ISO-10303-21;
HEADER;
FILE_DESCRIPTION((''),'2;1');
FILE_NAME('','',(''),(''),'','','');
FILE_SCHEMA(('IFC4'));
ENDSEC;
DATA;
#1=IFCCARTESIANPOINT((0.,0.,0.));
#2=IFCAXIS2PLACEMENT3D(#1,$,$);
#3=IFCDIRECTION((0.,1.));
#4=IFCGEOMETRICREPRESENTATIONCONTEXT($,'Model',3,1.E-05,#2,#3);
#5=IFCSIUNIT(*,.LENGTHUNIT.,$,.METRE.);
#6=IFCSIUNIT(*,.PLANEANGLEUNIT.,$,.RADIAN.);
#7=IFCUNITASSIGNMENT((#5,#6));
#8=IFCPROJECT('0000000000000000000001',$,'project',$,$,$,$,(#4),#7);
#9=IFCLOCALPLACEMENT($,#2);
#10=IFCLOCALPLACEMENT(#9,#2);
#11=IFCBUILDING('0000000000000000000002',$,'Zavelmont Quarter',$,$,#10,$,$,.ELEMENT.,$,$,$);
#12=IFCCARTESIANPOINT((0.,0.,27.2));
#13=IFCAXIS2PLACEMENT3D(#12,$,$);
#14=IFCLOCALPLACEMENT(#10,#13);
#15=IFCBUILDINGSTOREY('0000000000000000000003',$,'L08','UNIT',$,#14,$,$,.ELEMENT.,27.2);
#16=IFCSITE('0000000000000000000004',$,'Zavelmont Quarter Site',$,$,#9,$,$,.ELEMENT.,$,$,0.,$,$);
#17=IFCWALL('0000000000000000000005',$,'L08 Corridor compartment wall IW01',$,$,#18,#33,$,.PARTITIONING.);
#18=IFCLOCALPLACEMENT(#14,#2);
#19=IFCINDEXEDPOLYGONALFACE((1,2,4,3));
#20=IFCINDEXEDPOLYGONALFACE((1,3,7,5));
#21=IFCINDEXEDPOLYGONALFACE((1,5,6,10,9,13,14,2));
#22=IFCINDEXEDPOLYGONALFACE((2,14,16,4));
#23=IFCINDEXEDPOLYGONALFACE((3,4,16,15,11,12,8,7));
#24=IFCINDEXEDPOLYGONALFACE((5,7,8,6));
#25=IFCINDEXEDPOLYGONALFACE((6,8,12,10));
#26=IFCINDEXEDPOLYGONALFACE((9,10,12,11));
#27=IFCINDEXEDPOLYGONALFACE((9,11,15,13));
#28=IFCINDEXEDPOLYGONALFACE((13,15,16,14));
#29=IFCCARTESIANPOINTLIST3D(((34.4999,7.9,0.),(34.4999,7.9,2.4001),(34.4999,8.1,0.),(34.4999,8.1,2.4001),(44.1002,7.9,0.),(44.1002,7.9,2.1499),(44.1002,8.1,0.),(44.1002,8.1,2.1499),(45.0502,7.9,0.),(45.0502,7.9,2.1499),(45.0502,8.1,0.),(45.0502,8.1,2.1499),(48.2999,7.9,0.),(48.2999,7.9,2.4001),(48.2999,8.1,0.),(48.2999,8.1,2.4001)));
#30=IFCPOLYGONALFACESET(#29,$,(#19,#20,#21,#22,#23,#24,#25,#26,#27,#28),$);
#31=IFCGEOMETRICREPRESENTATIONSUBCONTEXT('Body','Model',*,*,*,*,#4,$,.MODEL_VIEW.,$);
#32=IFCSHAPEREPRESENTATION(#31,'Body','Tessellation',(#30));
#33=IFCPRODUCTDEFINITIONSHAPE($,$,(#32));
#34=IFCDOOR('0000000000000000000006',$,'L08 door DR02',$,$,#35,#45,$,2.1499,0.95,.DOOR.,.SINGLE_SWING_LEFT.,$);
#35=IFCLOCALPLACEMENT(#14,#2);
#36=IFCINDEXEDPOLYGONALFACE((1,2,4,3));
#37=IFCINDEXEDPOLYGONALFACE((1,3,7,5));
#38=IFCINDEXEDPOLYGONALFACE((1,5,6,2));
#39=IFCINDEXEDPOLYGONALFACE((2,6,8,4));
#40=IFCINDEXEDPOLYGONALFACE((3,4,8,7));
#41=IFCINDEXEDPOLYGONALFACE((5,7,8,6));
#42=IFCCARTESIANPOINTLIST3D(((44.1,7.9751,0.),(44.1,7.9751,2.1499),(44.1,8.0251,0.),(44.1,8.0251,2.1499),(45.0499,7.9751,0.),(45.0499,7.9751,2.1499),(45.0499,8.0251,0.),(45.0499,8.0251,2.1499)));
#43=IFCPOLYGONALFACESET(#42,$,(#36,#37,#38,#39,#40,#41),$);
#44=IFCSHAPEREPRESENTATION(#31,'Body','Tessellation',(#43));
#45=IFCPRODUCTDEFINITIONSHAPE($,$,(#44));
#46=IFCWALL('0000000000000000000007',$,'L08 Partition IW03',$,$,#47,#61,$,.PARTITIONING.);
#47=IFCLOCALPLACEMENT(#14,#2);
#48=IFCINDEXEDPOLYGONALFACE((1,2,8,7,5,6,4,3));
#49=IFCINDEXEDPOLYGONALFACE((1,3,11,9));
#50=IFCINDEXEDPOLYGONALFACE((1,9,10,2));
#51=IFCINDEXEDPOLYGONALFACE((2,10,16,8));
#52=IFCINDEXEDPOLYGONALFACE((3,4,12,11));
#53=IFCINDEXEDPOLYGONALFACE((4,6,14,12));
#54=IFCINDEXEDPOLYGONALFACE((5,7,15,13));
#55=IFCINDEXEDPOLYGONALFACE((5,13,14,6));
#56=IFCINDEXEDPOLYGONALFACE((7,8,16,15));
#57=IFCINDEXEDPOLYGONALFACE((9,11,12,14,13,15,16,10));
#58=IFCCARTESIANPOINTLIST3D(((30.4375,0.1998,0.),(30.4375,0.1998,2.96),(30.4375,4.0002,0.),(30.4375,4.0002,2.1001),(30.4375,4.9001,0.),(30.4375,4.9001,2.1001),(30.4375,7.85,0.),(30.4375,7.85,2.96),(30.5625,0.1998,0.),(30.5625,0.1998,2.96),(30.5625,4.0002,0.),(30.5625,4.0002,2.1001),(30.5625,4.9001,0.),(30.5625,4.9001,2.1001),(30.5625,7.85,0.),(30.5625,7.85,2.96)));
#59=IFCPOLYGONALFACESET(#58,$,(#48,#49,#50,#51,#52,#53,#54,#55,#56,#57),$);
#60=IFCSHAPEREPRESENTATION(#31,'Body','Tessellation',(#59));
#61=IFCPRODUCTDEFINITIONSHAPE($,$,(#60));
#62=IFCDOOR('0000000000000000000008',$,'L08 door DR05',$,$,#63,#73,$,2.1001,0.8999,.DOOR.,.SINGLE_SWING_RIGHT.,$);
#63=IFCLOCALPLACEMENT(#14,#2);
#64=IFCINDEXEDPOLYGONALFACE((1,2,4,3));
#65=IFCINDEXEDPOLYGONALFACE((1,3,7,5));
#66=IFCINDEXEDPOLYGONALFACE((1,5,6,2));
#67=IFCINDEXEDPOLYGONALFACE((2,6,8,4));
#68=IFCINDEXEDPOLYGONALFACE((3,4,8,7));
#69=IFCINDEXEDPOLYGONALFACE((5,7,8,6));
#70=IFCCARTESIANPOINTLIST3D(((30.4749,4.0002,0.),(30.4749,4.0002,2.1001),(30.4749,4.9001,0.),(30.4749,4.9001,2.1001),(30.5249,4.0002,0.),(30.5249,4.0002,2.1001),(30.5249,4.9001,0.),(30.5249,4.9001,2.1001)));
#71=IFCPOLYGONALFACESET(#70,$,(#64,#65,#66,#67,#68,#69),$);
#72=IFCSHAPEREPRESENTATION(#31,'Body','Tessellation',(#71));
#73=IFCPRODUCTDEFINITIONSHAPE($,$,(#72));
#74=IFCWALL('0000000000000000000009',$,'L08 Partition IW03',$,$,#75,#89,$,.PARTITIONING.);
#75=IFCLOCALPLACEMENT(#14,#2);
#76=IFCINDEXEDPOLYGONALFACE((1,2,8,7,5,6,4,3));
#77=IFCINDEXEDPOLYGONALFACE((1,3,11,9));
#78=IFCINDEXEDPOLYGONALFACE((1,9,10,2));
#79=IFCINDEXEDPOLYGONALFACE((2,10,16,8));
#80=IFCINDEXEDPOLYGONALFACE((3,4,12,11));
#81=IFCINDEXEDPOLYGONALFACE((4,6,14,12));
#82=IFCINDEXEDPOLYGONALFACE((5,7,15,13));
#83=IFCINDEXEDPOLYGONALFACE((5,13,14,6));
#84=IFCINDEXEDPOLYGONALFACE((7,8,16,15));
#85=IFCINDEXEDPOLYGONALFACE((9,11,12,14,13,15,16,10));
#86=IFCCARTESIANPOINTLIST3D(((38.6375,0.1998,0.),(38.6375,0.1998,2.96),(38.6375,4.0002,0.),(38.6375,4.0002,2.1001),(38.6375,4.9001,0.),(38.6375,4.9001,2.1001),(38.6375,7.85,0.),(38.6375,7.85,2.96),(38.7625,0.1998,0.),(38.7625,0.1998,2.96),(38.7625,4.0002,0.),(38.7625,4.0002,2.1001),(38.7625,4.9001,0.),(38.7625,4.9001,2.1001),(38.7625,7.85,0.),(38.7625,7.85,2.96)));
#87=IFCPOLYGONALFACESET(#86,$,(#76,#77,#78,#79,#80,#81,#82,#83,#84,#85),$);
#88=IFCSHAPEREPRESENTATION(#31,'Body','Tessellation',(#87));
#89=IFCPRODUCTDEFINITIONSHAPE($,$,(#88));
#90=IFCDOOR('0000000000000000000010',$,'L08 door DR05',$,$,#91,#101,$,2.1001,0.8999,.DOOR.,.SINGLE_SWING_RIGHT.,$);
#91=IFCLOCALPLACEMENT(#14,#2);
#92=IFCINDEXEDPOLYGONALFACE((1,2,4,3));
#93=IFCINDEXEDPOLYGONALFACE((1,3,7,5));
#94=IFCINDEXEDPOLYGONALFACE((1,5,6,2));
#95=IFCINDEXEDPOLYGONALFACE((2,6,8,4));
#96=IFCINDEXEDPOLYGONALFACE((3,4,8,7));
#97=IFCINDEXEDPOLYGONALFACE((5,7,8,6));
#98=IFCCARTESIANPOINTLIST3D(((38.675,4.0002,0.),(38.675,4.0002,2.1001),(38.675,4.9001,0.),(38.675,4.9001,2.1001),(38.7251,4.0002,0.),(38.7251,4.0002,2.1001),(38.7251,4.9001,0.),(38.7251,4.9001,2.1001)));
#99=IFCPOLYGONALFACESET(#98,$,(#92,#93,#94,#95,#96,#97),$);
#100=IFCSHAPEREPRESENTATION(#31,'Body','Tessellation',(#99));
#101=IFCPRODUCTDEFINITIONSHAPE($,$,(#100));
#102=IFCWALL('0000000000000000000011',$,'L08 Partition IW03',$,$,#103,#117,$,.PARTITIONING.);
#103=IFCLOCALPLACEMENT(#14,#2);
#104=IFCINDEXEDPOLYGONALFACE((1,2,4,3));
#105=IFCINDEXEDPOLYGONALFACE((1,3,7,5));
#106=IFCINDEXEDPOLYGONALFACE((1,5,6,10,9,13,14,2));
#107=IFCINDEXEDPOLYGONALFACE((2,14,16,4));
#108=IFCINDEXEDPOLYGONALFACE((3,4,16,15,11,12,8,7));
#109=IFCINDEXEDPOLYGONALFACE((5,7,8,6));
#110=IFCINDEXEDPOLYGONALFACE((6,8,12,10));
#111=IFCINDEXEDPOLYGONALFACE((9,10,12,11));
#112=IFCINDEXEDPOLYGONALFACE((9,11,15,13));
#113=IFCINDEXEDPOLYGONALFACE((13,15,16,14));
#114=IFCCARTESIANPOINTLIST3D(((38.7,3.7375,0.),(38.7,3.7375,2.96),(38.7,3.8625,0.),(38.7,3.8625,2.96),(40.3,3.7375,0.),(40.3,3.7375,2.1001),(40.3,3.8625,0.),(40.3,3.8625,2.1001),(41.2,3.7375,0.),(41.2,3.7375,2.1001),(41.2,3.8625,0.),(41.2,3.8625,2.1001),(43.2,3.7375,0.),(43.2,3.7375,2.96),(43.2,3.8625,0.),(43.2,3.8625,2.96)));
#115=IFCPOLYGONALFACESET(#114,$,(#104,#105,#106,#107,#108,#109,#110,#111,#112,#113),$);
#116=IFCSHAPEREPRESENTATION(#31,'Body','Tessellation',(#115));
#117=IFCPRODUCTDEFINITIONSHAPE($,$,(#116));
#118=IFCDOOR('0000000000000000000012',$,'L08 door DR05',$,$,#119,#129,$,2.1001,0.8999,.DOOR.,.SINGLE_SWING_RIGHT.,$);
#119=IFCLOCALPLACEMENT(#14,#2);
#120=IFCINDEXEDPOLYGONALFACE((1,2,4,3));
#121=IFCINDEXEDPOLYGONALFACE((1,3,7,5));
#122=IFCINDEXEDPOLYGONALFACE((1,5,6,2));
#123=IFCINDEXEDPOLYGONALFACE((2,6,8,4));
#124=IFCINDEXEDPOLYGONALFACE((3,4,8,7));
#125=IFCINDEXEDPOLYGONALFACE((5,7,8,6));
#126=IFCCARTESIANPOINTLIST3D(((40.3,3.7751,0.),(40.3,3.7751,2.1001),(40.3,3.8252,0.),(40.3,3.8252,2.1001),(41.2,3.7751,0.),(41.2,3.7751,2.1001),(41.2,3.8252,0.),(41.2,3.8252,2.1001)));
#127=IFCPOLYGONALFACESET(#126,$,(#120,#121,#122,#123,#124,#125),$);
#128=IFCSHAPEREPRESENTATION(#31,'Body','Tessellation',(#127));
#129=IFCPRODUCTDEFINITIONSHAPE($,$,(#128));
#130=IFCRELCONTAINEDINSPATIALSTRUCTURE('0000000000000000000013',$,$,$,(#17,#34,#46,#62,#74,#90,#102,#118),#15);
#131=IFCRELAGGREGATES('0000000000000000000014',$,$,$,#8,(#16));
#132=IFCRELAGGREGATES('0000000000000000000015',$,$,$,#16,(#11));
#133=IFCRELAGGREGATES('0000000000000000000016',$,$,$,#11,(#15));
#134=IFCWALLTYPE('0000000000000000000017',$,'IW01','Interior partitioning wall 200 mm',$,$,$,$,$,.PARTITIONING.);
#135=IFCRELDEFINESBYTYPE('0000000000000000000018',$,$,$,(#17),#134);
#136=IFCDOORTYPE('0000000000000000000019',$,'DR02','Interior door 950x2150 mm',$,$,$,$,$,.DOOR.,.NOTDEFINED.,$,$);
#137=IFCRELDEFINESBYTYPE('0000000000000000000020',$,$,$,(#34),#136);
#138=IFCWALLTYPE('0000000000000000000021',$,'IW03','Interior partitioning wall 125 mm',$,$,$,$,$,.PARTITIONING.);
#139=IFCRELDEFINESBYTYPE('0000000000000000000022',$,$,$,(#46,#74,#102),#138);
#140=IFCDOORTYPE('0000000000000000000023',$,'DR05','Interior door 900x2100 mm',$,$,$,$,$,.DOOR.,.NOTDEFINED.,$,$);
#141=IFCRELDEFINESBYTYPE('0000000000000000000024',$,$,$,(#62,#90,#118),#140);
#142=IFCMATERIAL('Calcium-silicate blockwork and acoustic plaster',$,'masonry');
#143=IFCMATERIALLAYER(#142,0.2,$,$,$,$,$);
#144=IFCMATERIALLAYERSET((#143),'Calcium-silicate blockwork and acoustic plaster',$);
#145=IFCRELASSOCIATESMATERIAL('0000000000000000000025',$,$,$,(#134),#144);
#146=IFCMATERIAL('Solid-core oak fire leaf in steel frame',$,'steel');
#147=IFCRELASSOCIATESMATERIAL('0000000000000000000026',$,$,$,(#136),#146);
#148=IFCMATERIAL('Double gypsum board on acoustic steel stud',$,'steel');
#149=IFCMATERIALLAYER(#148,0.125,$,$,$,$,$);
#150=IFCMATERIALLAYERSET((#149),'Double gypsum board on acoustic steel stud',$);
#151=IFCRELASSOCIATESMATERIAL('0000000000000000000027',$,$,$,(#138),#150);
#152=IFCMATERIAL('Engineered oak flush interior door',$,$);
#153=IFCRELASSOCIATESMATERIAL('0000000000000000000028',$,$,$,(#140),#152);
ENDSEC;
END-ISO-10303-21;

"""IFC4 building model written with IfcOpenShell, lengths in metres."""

from ifc_helpers import new_model, si_unit, direction, frame, frame_2d, origin, origin_with_axes, place, context, subcontext, project, spatial, rectangle, extrude, material, layer, layer_set, type_object, element, fill, save


model = new_model("IFC4")

# Units and contexts
model_context = context("Model", 3, precision=1e-05, world=origin(), true_north=direction((0.0, 1.0)))
body_context = subcontext(model_context, "Body", "Model", "MODEL_VIEW")
ifc_project = project(units=[si_unit("LENGTHUNIT", "METRE"), si_unit("PLANEANGLEUNIT", "RADIAN")], contexts=[model_context])

# Site, building, storey
site_placement = place(None, origin())
site = spatial("IfcSite", under=ifc_project, at=site_placement, Name="Zavelmont Quarter Site", CompositionType="ELEMENT", RefElevation=0.0)
building_placement = place(site_placement, origin())
building = spatial("IfcBuilding", under=site, at=building_placement, Name="Zavelmont Quarter", CompositionType="ELEMENT")
storey_placement = place(building_placement, frame((0.0, 0.0, 27.2)))
storey = spatial("IfcBuildingStorey", under=building, at=storey_placement, Name="L08", Description="UNIT", CompositionType="ELEMENT", Elevation=27.2)

# Shared definitions
ifc_material_1 = material(Name="Calcium-silicate blockwork and acoustic plaster", Category="masonry")
ifc_layer_1 = layer(ifc_material_1, 0.2)
ifc_layer_set_1 = layer_set([ifc_layer_1], Name="Calcium-silicate blockwork and acoustic plaster")
wall_type_1 = type_object("IfcWallType", Name="IW01", Description="Interior partitioning wall 200 mm", PredefinedType="PARTITIONING", material=ifc_layer_set_1)

# Walls, openings, doors
wall_1_placement = place(storey_placement, frame((34.5, 8.0, 0.0), z_axis=(0.0, 0.0, 1.0), x_axis=(1.0, 0.0, 0.0)))
wall_1 = element("IfcWall", 1, at=wall_1_placement, inside=storey, type_object=wall_type_1, Name="L08 Corridor compartment wall IW01", PredefinedType="PARTITIONING", context=body_context, shape_type="SweptSolid", body=[
    extrude(rectangle(XDim=13.8, YDim=0.2, at=frame_2d((6.8999, 0.0))), origin(), (0.0, 0.0, 1.0), 2.4001),
])
opening_1_placement = place(wall_1_placement, frame((9.6001, 0.0, 0.0)))
opening_1 = element("IfcOpeningElement", 2, at=opening_1_placement, cuts=wall_1, PredefinedType="OPENING", context=body_context, shape_type="SweptSolid", body=[
    extrude(rectangle(XDim=0.95, YDim=2.1499, at=frame_2d((0.4751, 1.075))), frame((0.0, 0.1118, 0.0), z_axis=(0.0, -1.0, 0.0), x_axis=(1.0, 0.0, 0.0)), (0.0, 0.0, 1.0), 0.2239),
])
ifc_material_2 = material(Name="Solid-core oak fire leaf in steel frame", Category="steel")
door_type_1 = type_object("IfcDoorType", Name="DR02", Description="Interior door 950x2150 mm", OperationType="NOTDEFINED", PredefinedType="DOOR", material=ifc_material_2)
door_1_placement = place(opening_1_placement, frame((0.95, 0.0, 0.0), z_axis=(0.0, 0.0, 1.0), x_axis=(-1.0, 0.0, 0.0)))
door_1 = element("IfcDoor", 3, at=door_1_placement, inside=storey, type_object=door_type_1, Name="L08 door DR02", OperationType="SINGLE_SWING_LEFT", OverallHeight=2.1499, OverallWidth=0.95, PredefinedType="DOOR", context=body_context, shape_type="SweptSolid", body=[
    extrude(rectangle(XDim=0.95, YDim=2.1499, at=frame_2d((0.4751, 1.075))), frame((0.0, 0.0249, 0.0), z_axis=(0.0, -1.0, 0.0), x_axis=(1.0, 0.0, 0.0)), (0.0, 0.0, 1.0), 0.05),
])
fill(opening_1, door_1)
ifc_material_3 = material(Name="Double gypsum board on acoustic steel stud", Category="steel")
ifc_layer_2 = layer(ifc_material_3, 0.125)
ifc_layer_set_2 = layer_set([ifc_layer_2], Name="Double gypsum board on acoustic steel stud")
wall_type_2 = type_object("IfcWallType", Name="IW03", Description="Interior partitioning wall 125 mm", PredefinedType="PARTITIONING", material=ifc_layer_set_2)
wall_2_placement = place(storey_placement, frame((30.5, 7.8501, 0.0), z_axis=(0.0, 0.0, 1.0), x_axis=(0.0, -1.0, 0.0)))
wall_2 = element("IfcWall", 4, at=wall_2_placement, inside=storey, type_object=wall_type_2, Name="L08 Partition IW03", PredefinedType="PARTITIONING", context=body_context, shape_type="SweptSolid", body=[
    extrude(rectangle(XDim=7.6501, YDim=0.125, at=frame_2d((3.8252, 0.0))), origin(), (0.0, 0.0, 1.0), 2.96),
])
opening_2_placement = place(wall_2_placement, frame((2.95, 0.0, 0.0)))
opening_2 = element("IfcOpeningElement", 5, at=opening_2_placement, cuts=wall_2, PredefinedType="OPENING", context=body_context, shape_type="SweptSolid", body=[
    extrude(rectangle(XDim=0.8999, YDim=2.1001, at=frame_2d((0.45, 1.05))), frame((0.0, 0.0745, 0.0), z_axis=(0.0, -1.0, 0.0), x_axis=(1.0, 0.0, 0.0)), (0.0, 0.0, 1.0), 0.1489),
])
ifc_material_4 = material(Name="Engineered oak flush interior door")
door_type_2 = type_object("IfcDoorType", Name="DR05", Description="Interior door 900x2100 mm", OperationType="NOTDEFINED", PredefinedType="DOOR", material=ifc_material_4)
door_2_placement = place(opening_2_placement, origin_with_axes())
door_2 = element("IfcDoor", 6, at=door_2_placement, inside=storey, type_object=door_type_2, Name="L08 door DR05", OperationType="SINGLE_SWING_RIGHT", OverallHeight=2.1001, OverallWidth=0.8999, PredefinedType="DOOR", context=body_context, shape_type="SweptSolid", body=[
    extrude(rectangle(XDim=0.8999, YDim=2.1001, at=frame_2d((0.45, 1.05))), frame((0.0, 0.0249, 0.0), z_axis=(0.0, -1.0, 0.0), x_axis=(1.0, 0.0, 0.0)), (0.0, 0.0, 1.0), 0.05),
])
fill(opening_2, door_2)
wall_3_placement = place(storey_placement, frame((38.7, 7.8501, 0.0), z_axis=(0.0, 0.0, 1.0), x_axis=(0.0, -1.0, 0.0)))
wall_3 = element("IfcWall", 7, at=wall_3_placement, inside=storey, type_object=wall_type_2, Name="L08 Partition IW03", PredefinedType="PARTITIONING", context=body_context, shape_type="SweptSolid", body=[
    extrude(rectangle(XDim=7.6501, YDim=0.125, at=frame_2d((3.8252, 0.0))), origin(), (0.0, 0.0, 1.0), 2.96),
])
opening_3_placement = place(wall_3_placement, frame((2.95, 0.0, 0.0)))
opening_3 = element("IfcOpeningElement", 8, at=opening_3_placement, cuts=wall_3, PredefinedType="OPENING", context=body_context, shape_type="SweptSolid", body=[
    extrude(rectangle(XDim=0.8999, YDim=2.1001, at=frame_2d((0.45, 1.05))), frame((0.0, 0.0745, 0.0), z_axis=(0.0, -1.0, 0.0), x_axis=(1.0, 0.0, 0.0)), (0.0, 0.0, 1.0), 0.1489),
])
door_3_placement = place(opening_3_placement, frame((0.8999, 0.0, 0.0), z_axis=(0.0, 0.0, 1.0), x_axis=(-1.0, 0.0, 0.0)))
door_3 = element("IfcDoor", 9, at=door_3_placement, inside=storey, type_object=door_type_2, Name="L08 door DR05", OperationType="SINGLE_SWING_RIGHT", OverallHeight=2.1001, OverallWidth=0.8999, PredefinedType="DOOR", context=body_context, shape_type="SweptSolid", body=[
    extrude(rectangle(XDim=0.8999, YDim=2.1001, at=frame_2d((0.45, 1.05))), frame((0.0, 0.0249, 0.0), z_axis=(0.0, -1.0, 0.0), x_axis=(1.0, 0.0, 0.0)), (0.0, 0.0, 1.0), 0.05),
])
fill(opening_3, door_3)
wall_4_placement = place(storey_placement, frame((38.7, 3.8, 0.0), z_axis=(0.0, 0.0, 1.0), x_axis=(1.0, 0.0, 0.0)))
wall_4 = element("IfcWall", 10, at=wall_4_placement, inside=storey, type_object=wall_type_2, Name="L08 Partition IW03", PredefinedType="PARTITIONING", context=body_context, shape_type="SweptSolid", body=[
    extrude(rectangle(XDim=4.5, YDim=0.125, at=frame_2d((2.25, 0.0))), origin(), (0.0, 0.0, 1.0), 2.96),
])
opening_4_placement = place(wall_4_placement, frame((1.6001, 0.0, 0.0)))
opening_4 = element("IfcOpeningElement", 11, at=opening_4_placement, cuts=wall_4, PredefinedType="OPENING", context=body_context, shape_type="SweptSolid", body=[
    extrude(rectangle(XDim=0.8999, YDim=2.1001, at=frame_2d((0.45, 1.05))), frame((0.0, 0.0745, 0.0), z_axis=(0.0, -1.0, 0.0), x_axis=(1.0, 0.0, 0.0)), (0.0, 0.0, 1.0), 0.1489),
])
door_4_placement = place(opening_4_placement, frame((0.8999, 0.0, 0.0), z_axis=(0.0, 0.0, 1.0), x_axis=(-1.0, 0.0, 0.0)))
door_4 = element("IfcDoor", 12, at=door_4_placement, inside=storey, type_object=door_type_2, Name="L08 door DR05", OperationType="SINGLE_SWING_RIGHT", OverallHeight=2.1001, OverallWidth=0.8999, PredefinedType="DOOR", context=body_context, shape_type="SweptSolid", body=[
    extrude(rectangle(XDim=0.8999, YDim=2.1001, at=frame_2d((0.45, 1.05))), frame((0.0, 0.0249, 0.0), z_axis=(0.0, -1.0, 0.0), x_axis=(1.0, 0.0, 0.0)), (0.0, 0.0, 1.0), 0.05),
])
fill(opening_4, door_4)

save(model, "model.ifc")
